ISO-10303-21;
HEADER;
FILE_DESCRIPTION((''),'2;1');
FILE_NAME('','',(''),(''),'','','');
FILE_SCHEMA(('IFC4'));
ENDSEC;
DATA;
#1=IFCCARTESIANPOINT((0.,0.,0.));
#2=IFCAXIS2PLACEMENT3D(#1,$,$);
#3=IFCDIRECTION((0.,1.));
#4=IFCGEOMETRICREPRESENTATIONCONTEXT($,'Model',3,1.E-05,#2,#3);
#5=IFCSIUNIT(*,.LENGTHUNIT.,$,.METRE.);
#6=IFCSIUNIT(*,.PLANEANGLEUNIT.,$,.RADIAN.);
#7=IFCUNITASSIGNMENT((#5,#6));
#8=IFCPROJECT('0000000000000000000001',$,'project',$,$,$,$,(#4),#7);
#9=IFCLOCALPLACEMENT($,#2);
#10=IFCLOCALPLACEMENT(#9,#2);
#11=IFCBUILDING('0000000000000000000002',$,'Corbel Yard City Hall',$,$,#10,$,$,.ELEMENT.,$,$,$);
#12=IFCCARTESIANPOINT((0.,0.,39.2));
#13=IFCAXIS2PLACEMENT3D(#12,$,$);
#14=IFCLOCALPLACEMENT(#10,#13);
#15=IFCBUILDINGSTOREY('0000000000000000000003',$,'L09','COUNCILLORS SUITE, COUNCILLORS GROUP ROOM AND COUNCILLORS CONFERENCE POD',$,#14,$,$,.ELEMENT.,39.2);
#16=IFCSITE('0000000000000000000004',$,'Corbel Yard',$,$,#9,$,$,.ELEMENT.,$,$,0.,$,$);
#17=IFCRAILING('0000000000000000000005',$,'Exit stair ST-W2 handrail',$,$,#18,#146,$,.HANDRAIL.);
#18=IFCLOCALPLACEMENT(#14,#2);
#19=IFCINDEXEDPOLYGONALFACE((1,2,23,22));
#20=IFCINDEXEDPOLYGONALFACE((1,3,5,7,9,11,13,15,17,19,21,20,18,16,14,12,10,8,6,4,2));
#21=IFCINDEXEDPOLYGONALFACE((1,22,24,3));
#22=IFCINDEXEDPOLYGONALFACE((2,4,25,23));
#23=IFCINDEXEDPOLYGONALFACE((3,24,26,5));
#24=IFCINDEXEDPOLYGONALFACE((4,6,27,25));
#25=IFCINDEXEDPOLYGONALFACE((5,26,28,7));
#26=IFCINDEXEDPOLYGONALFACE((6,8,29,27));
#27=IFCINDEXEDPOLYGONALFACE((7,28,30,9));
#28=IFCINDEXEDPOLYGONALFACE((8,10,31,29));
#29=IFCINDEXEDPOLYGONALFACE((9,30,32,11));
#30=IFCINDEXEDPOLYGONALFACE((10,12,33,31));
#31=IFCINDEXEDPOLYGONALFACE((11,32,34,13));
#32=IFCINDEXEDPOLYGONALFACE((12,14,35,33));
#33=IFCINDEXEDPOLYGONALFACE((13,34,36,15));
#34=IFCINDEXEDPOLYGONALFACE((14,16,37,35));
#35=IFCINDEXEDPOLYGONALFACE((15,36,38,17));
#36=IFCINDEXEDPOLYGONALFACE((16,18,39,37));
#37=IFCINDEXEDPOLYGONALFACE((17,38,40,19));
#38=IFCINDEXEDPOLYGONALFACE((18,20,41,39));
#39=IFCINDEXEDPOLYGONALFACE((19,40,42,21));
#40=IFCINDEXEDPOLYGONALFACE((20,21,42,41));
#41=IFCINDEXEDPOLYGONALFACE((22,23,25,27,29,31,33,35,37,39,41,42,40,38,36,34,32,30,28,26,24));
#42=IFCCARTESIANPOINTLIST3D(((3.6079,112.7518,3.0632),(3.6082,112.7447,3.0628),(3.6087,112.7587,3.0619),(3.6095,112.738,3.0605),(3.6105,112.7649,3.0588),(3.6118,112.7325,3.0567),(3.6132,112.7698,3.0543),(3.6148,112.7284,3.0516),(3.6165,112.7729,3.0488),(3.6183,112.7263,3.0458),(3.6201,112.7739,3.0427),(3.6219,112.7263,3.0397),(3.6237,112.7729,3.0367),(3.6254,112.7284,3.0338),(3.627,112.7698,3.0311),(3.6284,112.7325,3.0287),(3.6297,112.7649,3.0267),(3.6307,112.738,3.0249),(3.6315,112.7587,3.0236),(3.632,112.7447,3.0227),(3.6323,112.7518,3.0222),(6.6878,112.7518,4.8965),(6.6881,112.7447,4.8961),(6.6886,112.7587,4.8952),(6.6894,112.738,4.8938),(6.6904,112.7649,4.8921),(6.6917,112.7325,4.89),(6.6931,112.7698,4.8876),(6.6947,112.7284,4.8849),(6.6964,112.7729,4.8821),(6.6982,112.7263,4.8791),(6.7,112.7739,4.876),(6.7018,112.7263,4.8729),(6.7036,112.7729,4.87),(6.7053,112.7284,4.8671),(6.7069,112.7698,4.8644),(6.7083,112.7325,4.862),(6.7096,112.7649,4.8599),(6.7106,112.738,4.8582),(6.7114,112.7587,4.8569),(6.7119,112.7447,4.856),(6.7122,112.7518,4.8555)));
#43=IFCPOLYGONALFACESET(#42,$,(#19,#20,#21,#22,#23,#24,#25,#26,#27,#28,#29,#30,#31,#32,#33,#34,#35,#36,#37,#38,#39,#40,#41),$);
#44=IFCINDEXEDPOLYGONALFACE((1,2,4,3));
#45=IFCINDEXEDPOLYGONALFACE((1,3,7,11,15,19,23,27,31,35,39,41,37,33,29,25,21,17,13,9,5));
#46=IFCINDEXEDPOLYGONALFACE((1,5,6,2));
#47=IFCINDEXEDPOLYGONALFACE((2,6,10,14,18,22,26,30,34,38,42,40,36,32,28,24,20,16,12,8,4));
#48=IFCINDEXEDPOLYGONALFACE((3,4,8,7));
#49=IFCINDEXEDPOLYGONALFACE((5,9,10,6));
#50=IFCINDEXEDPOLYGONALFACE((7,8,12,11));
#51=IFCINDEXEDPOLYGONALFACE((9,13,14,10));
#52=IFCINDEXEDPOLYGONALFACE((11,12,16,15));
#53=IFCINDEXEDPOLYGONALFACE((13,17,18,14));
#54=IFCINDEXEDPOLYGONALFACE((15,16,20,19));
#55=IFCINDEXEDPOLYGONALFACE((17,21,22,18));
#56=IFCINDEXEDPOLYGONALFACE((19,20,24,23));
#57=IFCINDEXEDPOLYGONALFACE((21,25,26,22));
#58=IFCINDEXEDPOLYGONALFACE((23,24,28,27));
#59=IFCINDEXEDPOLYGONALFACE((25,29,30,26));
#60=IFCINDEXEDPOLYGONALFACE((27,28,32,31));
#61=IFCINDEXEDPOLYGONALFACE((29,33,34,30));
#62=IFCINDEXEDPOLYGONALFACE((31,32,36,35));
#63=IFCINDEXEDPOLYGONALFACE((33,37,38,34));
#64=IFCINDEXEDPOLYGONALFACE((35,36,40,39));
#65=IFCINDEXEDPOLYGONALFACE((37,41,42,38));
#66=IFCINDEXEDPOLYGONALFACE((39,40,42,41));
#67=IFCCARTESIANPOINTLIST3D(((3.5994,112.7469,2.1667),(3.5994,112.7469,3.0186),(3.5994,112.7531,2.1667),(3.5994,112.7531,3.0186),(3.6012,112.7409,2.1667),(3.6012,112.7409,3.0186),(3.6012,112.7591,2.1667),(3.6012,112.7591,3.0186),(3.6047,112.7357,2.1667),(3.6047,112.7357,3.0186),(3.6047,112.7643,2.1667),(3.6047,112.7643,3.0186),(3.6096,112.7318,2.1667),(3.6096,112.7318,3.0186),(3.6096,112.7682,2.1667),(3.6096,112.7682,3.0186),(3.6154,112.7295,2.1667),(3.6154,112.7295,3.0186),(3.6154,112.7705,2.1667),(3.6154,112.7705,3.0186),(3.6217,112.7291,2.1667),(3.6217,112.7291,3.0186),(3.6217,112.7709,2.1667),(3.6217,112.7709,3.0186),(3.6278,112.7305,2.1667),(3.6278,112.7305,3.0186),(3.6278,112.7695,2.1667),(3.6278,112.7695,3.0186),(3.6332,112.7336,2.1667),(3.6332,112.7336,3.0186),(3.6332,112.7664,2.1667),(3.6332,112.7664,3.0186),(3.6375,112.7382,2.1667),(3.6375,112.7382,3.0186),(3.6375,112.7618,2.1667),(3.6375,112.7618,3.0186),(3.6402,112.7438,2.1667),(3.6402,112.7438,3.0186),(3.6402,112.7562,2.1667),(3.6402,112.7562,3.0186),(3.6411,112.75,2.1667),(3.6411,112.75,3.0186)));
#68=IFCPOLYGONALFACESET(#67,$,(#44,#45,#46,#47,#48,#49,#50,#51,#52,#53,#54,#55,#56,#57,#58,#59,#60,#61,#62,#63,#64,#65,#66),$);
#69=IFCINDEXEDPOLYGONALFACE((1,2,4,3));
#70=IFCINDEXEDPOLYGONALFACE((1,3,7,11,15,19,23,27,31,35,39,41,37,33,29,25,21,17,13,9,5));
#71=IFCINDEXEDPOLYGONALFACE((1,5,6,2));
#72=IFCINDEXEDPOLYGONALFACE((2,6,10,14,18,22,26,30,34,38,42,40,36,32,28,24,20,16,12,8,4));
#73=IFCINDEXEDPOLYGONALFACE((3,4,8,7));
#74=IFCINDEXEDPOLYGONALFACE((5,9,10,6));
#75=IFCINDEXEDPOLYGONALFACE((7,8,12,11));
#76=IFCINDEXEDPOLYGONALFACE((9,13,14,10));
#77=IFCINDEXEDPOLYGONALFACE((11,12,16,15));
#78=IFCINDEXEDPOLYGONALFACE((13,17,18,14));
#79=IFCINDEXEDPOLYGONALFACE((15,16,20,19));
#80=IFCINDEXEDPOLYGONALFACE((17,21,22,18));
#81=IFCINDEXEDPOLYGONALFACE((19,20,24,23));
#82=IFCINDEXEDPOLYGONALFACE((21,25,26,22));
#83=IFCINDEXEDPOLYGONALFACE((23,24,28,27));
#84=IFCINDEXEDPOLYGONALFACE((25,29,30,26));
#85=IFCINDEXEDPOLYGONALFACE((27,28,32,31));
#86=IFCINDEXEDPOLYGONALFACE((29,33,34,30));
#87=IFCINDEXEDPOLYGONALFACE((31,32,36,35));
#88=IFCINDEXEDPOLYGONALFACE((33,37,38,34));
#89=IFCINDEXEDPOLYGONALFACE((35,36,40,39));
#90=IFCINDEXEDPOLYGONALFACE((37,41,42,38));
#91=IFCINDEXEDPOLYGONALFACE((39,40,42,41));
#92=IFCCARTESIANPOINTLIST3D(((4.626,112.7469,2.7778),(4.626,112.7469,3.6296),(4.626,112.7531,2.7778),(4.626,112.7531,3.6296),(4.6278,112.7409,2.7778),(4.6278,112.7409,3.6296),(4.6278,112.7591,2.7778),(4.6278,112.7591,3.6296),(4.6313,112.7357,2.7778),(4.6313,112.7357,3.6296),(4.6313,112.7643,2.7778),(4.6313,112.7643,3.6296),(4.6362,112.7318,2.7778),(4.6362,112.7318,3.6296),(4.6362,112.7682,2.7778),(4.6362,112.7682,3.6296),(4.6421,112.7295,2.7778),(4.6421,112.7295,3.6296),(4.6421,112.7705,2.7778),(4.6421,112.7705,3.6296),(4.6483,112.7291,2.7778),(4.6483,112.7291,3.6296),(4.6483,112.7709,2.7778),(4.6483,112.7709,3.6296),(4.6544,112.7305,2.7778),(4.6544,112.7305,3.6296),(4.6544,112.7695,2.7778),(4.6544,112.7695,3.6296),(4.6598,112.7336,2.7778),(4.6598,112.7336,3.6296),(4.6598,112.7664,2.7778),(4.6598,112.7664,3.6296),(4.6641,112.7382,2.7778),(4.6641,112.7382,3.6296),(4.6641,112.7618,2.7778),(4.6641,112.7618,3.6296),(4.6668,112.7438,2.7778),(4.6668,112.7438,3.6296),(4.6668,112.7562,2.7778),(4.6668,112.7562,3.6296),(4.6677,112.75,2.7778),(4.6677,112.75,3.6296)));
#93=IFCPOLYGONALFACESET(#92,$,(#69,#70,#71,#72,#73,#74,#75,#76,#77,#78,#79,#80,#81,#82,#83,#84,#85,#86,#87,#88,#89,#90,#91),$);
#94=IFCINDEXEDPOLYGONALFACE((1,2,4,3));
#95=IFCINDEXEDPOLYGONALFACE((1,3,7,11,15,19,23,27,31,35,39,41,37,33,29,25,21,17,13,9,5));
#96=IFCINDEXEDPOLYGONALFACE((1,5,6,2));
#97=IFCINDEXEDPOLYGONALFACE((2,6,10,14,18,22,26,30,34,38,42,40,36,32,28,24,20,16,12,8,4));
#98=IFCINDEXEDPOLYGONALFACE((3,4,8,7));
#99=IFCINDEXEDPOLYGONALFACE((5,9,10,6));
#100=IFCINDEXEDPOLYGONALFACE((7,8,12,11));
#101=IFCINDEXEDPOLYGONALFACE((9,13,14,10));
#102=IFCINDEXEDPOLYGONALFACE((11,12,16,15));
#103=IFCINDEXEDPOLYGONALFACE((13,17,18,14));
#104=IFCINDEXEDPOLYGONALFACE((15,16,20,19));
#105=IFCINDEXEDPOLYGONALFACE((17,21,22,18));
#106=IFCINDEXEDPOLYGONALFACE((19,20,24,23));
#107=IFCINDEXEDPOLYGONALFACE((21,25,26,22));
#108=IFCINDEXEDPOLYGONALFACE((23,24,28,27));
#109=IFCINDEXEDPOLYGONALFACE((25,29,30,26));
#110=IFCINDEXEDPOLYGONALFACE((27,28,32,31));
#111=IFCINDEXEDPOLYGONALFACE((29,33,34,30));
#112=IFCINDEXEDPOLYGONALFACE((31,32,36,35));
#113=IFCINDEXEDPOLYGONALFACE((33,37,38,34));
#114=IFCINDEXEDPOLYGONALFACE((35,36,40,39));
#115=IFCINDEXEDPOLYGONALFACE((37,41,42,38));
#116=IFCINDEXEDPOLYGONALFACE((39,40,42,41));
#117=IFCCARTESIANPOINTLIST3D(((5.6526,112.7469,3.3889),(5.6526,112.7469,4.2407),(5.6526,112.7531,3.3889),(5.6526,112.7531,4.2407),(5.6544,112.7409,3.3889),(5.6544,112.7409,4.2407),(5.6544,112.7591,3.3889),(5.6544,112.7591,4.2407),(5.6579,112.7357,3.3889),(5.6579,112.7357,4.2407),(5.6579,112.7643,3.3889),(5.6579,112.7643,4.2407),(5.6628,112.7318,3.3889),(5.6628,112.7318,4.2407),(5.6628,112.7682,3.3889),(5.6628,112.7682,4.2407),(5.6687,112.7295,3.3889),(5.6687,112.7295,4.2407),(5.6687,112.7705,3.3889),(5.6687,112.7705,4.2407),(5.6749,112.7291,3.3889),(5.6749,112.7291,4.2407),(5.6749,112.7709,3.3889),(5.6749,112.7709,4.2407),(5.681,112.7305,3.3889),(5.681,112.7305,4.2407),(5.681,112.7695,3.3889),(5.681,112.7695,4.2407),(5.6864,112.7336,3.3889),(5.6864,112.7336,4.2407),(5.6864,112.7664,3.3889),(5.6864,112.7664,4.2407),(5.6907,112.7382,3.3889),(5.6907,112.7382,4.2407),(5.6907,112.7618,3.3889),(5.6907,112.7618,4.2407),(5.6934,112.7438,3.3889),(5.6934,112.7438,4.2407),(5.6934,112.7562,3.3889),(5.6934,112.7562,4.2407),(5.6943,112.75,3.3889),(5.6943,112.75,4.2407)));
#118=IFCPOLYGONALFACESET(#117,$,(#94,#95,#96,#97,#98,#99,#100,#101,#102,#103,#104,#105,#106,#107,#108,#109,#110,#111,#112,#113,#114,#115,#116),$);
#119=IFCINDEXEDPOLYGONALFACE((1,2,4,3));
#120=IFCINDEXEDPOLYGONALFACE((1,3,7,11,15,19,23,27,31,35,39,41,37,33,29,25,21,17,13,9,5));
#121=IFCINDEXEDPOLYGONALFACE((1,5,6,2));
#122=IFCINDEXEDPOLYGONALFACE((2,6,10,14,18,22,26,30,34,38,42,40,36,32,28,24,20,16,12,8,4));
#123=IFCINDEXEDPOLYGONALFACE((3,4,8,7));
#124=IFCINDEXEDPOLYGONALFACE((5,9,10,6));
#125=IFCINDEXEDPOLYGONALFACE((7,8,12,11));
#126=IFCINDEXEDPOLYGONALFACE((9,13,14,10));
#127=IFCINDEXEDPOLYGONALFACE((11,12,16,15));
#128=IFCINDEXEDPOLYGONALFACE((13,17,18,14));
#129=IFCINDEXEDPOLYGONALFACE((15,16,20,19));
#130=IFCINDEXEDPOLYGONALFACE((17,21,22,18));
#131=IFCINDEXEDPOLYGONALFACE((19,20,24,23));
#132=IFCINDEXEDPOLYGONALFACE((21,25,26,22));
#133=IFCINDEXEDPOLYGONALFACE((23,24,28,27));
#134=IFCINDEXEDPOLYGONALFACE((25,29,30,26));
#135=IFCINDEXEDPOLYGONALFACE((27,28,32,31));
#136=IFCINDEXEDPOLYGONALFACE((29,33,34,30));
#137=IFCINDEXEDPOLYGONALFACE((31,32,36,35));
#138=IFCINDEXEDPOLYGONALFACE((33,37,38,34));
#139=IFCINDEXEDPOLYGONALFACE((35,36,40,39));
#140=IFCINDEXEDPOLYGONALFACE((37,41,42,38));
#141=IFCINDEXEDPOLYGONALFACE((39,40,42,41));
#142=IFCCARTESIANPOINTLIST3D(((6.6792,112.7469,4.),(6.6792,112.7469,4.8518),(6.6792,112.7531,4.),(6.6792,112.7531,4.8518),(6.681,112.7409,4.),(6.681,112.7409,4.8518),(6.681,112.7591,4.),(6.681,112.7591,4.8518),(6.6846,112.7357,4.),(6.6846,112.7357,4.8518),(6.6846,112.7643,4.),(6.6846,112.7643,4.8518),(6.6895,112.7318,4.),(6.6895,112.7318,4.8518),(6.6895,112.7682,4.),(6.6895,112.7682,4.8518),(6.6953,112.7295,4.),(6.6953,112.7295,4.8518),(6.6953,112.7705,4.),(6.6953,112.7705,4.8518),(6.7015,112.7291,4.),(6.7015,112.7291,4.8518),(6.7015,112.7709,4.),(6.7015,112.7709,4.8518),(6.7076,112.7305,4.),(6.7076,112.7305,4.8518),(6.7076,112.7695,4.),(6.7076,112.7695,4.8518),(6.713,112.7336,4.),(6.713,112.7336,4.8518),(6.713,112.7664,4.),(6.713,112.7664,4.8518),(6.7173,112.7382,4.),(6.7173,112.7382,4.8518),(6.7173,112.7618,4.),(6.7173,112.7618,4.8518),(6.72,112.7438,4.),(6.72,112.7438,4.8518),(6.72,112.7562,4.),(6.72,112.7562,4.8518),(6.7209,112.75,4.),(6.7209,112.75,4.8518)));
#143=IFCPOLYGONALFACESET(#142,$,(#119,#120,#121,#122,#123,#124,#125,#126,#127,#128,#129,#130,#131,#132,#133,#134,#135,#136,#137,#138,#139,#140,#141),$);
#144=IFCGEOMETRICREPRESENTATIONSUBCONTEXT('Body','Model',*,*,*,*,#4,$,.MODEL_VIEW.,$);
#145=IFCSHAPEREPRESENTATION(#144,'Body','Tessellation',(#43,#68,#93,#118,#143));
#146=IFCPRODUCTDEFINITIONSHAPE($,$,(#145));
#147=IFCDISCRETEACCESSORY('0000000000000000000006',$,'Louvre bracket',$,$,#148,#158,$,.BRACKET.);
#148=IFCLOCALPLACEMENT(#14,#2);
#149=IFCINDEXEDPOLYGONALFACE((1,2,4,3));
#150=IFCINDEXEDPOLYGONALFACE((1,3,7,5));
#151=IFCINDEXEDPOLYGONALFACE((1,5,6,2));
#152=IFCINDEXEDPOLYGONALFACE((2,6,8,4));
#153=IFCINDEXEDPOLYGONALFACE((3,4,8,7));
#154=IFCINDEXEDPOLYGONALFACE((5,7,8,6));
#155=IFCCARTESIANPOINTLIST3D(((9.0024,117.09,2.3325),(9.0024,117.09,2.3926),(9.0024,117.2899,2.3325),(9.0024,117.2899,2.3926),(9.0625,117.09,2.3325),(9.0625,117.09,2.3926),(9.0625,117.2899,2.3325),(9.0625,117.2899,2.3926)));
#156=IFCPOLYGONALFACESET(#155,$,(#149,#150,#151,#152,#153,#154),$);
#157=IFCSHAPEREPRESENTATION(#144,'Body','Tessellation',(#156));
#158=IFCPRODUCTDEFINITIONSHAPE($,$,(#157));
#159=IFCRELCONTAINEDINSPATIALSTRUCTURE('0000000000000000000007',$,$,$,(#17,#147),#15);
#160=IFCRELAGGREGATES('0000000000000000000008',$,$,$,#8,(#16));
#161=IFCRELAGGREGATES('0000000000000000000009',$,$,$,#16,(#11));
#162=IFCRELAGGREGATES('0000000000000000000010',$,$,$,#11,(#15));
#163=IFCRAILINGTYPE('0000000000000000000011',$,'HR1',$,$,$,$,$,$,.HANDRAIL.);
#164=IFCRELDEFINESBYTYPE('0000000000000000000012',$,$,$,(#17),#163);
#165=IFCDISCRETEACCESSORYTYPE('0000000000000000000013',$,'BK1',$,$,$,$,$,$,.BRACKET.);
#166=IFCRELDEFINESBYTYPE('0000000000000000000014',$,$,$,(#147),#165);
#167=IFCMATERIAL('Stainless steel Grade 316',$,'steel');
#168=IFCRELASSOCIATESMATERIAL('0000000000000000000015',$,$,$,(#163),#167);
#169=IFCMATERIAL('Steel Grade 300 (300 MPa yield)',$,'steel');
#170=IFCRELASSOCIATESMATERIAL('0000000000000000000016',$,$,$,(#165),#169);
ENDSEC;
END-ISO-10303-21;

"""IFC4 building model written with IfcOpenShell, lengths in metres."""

from ifc_helpers import new_model, si_unit, direction, frame, origin, origin_2d, place, context, subcontext, project, spatial, rectangle, circle, extrude, material, type_object, element, save


model = new_model("IFC4")

# Units and contexts
model_context = context("Model", 3, precision=1e-05, world=origin(), true_north=direction((0.0, 1.0)))
body_context = subcontext(model_context, "Body", "Model", "MODEL_VIEW")
ifc_project = project(units=[si_unit("LENGTHUNIT", "METRE"), si_unit("PLANEANGLEUNIT", "RADIAN")], contexts=[model_context])

# Site, building, storey
site_placement = place(None, origin())
site = spatial("IfcSite", under=ifc_project, at=site_placement, Name="Corbel Yard", CompositionType="ELEMENT", RefElevation=0.0)
building_placement = place(site_placement, origin())
building = spatial("IfcBuilding", under=site, at=building_placement, Name="Corbel Yard City Hall", CompositionType="ELEMENT")
storey_placement = place(building_placement, frame((0.0, 0.0, 39.2)))
storey = spatial("IfcBuildingStorey", under=building, at=storey_placement, Name="L09", Description="COUNCILLORS SUITE, COUNCILLORS GROUP ROOM AND COUNCILLORS CONFERENCE POD", CompositionType="ELEMENT", Elevation=39.2)

# Shared definitions
ifc_material_1 = material(Name="Stainless steel Grade 316", Category="steel")

# Railing
railing_type = type_object("IfcRailingType", Name="HR1", PredefinedType="HANDRAIL", material=ifc_material_1)
for number, where, name in (
    (1, (3.6201, 112.75, 2.1667), "Exit stair ST-W2 handrail"),
):
    element("IfcRailing", number, at=place(storey_placement, frame(where)), inside=storey, type_object=railing_type, Name=name, PredefinedType="HANDRAIL", context=body_context, shape_type="SweptSolid", body=[
        extrude(circle(Radius=0.0239, at=origin_2d()), frame((0.0, 0.0, 0.876), z_axis=(0.859291, 0.0, 0.511487), x_axis=(0.0, 1.0, 0.0)), (0.0, 0.0, 1.0), 3.5842),
        extrude(circle(Radius=0.021, at=origin_2d()), origin(), (0.0, 0.0, 1.0), 0.8518),
        extrude(circle(Radius=0.021, at=origin_2d()), frame((1.0266, 0.0, 0.6111)), (0.0, 0.0, 1.0), 0.8518),
        extrude(circle(Radius=0.021, at=origin_2d()), frame((2.0532, 0.0, 1.2222)), (0.0, 0.0, 1.0), 0.8518),
        extrude(circle(Radius=0.021, at=origin_2d()), frame((3.0798, 0.0, 1.8333)), (0.0, 0.0, 1.0), 0.8518),
    ])

# Discrete accessory
ifc_material_2 = material(Name="Steel Grade 300 (300 MPa yield)", Category="steel")
discrete_accessory_type = type_object("IfcDiscreteAccessoryType", Name="BK1", PredefinedType="BRACKET", material=ifc_material_2)
discrete_accessory_placement = place(storey_placement, frame((9.0325, 117.1899, 2.3325), z_axis=(0.0, 0.0, 1.0), x_axis=(1.0, 0.0, 0.0)))
element("IfcDiscreteAccessory", 2, at=discrete_accessory_placement, inside=storey, type_object=discrete_accessory_type, Name="Louvre bracket", PredefinedType="BRACKET", context=body_context, shape_type="SweptSolid", body=[
    extrude(rectangle(XDim=0.0601, YDim=0.2, at=origin_2d()), origin(), (0.0, 0.0, 1.0), 0.0601),
])

save(model, "model.ifc")
